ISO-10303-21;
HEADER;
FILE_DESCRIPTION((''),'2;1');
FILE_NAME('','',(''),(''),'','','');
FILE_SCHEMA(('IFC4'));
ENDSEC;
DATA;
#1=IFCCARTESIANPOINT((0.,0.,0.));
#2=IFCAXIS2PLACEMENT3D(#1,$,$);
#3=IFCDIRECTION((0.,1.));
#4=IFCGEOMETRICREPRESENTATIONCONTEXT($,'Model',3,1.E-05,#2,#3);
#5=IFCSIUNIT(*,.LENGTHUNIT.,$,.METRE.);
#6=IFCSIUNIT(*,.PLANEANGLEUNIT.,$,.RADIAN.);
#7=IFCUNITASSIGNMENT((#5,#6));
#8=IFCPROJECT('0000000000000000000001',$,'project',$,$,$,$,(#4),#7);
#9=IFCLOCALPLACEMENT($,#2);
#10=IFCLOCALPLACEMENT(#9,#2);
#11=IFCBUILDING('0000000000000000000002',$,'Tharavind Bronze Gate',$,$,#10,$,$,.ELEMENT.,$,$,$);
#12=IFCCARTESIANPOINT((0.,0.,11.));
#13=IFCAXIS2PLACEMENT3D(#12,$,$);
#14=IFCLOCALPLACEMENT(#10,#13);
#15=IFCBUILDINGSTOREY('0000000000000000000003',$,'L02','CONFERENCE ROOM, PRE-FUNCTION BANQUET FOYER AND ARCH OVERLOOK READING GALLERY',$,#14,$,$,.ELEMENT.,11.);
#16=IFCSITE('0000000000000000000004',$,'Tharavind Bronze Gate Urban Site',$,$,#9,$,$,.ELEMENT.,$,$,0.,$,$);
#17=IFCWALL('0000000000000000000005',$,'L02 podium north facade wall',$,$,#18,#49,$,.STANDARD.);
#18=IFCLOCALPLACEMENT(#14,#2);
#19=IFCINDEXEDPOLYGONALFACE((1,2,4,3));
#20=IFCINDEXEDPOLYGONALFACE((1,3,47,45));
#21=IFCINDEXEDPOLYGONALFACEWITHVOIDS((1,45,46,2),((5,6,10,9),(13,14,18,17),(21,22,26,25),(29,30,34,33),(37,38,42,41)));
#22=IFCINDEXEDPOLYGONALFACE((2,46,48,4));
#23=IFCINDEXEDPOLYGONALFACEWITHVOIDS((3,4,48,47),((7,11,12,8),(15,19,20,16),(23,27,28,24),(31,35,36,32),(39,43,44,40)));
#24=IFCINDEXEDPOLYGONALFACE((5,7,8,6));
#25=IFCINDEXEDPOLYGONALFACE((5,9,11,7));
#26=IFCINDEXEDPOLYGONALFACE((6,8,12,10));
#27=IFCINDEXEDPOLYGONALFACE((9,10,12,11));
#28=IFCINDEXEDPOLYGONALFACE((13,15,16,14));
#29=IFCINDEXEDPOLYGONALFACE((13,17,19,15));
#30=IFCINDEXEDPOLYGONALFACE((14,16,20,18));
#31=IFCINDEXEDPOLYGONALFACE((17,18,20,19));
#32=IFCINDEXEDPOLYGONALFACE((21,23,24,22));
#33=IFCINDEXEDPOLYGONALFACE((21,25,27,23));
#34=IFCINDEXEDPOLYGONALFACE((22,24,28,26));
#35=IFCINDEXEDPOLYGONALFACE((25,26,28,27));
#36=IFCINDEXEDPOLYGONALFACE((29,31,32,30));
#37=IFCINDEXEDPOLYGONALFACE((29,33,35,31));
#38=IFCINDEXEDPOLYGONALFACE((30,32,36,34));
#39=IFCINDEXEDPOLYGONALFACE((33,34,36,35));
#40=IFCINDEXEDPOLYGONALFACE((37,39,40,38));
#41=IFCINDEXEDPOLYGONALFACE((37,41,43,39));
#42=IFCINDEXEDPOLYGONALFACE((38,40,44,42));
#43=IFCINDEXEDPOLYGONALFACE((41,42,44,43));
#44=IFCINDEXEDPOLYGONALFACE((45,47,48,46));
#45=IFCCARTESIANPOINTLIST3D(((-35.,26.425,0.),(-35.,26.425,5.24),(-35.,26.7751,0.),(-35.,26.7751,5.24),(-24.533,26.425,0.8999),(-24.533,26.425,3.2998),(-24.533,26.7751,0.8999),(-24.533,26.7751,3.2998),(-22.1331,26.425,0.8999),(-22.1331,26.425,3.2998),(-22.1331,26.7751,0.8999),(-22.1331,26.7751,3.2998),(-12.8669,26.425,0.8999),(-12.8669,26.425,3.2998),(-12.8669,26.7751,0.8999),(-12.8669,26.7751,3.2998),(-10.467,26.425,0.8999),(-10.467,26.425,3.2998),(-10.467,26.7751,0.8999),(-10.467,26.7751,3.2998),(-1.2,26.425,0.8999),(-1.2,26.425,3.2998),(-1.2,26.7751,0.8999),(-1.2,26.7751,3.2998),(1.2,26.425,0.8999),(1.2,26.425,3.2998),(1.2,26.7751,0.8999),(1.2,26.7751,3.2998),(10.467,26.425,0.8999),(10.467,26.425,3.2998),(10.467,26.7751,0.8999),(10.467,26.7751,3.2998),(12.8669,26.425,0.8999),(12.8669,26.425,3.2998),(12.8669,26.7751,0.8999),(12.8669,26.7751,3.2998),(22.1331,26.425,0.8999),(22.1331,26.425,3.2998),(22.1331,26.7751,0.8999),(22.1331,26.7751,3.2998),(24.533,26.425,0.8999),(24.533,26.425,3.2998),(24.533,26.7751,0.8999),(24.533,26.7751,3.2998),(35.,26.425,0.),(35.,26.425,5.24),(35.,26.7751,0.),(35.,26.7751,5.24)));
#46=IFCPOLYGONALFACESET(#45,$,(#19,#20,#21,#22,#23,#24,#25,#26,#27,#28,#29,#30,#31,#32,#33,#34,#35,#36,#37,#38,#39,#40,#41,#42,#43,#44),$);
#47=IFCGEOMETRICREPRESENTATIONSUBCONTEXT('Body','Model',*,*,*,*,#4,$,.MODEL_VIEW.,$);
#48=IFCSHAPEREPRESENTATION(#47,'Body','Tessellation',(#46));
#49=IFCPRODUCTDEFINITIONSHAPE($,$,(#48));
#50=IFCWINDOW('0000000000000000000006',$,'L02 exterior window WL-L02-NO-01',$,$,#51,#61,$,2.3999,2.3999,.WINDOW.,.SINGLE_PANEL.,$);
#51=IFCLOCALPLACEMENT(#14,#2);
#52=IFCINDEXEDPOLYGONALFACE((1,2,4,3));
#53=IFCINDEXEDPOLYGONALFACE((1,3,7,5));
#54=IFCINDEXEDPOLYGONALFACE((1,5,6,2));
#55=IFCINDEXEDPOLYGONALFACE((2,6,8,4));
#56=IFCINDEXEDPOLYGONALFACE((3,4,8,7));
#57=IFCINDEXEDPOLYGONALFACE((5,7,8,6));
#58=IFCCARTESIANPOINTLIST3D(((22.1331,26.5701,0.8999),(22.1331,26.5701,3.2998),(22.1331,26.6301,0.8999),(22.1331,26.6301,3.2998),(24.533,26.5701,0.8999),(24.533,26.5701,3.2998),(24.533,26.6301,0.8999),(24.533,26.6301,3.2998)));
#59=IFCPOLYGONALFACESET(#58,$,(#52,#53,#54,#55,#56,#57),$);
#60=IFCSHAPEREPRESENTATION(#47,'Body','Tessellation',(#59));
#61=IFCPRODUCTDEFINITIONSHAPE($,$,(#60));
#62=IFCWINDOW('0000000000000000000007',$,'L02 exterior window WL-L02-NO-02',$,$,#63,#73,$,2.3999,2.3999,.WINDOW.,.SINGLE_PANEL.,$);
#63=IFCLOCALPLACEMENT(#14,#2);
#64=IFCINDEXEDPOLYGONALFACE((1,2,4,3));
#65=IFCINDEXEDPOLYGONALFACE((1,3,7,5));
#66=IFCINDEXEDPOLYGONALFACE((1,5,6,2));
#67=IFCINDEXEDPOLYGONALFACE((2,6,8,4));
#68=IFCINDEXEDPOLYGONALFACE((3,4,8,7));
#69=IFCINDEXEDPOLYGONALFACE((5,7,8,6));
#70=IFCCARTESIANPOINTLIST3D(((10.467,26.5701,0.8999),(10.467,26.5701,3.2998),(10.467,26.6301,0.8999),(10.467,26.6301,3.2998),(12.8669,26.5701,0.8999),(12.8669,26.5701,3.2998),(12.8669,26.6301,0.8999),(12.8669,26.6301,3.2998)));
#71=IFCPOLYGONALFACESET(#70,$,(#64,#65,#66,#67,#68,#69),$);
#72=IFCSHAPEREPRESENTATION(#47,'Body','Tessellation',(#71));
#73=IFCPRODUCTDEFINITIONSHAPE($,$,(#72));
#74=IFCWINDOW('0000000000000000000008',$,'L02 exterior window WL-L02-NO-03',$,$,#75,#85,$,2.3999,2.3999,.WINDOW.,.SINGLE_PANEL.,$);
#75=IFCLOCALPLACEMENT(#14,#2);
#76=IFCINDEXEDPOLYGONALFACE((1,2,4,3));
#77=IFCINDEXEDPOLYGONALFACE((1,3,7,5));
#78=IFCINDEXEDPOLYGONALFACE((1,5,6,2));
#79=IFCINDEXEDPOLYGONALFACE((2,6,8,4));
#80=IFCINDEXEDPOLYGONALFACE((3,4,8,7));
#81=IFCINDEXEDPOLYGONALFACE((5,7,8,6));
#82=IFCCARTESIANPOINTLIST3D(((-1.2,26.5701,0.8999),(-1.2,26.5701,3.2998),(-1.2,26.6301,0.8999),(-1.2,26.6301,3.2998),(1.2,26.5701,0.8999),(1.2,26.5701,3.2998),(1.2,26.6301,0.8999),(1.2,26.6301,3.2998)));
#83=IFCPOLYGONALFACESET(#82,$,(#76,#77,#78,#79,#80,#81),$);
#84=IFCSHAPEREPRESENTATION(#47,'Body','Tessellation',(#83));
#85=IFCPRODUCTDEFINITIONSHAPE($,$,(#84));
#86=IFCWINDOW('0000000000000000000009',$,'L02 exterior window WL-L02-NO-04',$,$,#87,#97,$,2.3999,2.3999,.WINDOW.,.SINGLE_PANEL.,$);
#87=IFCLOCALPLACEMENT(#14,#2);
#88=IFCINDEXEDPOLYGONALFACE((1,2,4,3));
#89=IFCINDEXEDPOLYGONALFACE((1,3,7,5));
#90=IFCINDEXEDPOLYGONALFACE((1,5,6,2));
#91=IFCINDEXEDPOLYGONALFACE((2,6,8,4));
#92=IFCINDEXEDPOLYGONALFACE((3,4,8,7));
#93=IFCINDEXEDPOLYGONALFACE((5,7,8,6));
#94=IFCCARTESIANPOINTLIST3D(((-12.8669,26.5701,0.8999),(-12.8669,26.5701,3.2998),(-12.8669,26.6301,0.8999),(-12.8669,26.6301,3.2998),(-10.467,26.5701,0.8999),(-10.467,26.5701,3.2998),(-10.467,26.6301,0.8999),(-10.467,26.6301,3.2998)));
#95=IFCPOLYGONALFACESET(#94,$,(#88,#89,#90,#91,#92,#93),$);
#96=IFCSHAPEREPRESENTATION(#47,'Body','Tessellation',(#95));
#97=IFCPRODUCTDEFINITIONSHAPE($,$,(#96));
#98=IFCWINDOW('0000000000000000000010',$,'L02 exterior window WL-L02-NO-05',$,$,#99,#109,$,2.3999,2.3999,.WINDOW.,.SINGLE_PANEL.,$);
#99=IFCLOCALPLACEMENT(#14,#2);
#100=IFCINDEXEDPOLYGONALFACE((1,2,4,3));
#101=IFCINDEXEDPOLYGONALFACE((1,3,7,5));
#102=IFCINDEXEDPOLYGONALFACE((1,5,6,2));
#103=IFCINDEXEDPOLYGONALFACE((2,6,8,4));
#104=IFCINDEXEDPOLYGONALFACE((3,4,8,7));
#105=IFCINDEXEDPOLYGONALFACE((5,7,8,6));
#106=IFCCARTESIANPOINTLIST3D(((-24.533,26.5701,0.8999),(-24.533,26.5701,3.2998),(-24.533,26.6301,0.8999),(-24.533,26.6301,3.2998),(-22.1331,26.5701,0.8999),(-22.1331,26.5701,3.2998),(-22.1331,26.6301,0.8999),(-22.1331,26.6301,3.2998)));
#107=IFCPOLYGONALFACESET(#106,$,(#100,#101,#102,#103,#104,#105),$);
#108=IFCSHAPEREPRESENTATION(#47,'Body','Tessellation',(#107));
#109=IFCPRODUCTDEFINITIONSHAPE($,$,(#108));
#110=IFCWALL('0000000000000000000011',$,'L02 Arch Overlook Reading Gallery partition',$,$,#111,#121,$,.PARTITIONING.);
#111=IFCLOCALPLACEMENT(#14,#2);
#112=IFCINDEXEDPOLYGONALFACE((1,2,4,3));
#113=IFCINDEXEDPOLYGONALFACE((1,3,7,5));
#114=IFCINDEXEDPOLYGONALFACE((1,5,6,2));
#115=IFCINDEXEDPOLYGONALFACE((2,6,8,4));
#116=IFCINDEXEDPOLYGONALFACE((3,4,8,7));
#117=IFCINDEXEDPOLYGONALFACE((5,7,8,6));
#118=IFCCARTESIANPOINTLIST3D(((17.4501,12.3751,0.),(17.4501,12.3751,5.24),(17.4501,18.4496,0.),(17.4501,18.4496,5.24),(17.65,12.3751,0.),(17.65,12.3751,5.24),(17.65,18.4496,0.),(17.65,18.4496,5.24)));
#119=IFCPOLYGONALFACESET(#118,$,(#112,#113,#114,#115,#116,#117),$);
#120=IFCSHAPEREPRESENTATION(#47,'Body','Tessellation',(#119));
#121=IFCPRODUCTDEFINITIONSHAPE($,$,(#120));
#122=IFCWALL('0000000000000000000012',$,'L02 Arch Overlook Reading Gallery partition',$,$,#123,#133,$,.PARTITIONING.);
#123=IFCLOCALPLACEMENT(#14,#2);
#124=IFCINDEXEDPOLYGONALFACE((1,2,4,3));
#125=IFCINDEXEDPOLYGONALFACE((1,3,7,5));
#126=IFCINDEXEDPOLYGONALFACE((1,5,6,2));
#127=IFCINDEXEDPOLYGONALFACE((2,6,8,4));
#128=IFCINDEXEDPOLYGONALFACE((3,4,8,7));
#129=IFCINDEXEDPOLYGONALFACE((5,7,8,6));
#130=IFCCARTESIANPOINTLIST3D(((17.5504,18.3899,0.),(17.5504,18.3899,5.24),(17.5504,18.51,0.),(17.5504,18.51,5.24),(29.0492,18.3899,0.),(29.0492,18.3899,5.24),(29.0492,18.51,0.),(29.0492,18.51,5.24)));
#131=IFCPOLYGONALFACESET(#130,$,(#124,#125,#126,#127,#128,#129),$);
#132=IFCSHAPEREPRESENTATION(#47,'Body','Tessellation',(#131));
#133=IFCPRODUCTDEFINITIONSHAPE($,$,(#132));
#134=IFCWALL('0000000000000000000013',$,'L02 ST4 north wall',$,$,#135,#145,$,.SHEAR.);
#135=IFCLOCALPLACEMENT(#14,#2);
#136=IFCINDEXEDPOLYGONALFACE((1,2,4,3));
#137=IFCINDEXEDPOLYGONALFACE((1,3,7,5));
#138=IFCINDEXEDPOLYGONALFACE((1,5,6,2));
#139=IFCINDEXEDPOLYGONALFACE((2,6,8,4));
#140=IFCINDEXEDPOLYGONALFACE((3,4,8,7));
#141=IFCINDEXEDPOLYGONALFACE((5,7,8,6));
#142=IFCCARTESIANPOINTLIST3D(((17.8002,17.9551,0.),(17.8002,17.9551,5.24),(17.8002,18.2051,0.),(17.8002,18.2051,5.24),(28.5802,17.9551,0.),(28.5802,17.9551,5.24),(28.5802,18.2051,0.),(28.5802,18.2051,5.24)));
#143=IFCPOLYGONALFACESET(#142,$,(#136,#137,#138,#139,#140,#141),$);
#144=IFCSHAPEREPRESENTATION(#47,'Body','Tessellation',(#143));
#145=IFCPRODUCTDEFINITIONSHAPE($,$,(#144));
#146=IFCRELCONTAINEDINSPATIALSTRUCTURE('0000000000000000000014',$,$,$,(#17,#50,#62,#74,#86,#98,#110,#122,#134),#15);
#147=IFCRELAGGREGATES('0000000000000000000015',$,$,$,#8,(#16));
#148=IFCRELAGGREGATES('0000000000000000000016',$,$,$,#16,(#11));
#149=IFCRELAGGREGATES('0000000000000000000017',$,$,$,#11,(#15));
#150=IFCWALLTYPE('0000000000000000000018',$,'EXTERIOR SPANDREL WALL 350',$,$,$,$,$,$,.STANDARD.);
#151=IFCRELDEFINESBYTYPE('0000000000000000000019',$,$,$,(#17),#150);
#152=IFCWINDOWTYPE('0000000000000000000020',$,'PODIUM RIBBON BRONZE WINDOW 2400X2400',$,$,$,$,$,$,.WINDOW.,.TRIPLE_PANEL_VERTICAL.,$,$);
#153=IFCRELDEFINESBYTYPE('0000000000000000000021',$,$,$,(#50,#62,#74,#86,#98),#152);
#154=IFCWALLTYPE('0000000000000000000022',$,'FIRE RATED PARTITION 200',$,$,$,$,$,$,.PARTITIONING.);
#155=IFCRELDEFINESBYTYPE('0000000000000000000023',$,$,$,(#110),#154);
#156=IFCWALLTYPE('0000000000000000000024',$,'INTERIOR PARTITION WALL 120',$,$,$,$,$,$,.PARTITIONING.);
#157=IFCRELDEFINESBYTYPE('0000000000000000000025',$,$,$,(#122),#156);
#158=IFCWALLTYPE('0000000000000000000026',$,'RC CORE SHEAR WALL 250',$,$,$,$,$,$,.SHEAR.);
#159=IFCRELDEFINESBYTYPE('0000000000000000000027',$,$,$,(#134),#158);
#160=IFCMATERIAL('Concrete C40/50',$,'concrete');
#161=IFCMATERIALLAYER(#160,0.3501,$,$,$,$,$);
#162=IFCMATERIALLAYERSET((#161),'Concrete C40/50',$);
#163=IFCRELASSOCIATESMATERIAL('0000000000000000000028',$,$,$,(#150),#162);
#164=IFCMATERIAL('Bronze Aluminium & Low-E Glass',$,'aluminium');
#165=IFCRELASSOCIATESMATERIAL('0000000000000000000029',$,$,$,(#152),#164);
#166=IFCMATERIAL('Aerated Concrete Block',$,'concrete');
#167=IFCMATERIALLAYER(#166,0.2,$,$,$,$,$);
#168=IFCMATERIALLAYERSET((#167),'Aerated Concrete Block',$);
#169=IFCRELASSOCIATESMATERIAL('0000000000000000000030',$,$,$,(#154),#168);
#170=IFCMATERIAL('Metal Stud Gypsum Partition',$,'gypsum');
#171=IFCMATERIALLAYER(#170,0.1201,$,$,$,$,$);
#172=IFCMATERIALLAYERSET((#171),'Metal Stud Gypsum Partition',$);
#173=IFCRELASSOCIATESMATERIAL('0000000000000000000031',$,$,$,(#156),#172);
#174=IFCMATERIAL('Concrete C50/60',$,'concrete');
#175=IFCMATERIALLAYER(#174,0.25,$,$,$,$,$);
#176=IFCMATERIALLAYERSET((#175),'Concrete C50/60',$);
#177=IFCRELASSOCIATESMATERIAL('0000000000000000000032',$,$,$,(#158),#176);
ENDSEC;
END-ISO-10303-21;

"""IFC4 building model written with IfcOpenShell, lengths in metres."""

from ifc_helpers import new_model, si_unit, direction, frame, frame_2d, origin, place, context, subcontext, project, spatial, rectangle, extrude, material, layer, layer_set, type_object, element, fill, save


model = new_model("IFC4")

# Units and contexts
model_context = context("Model", 3, precision=1e-05, world=origin(), true_north=direction((0.0, 1.0)))
body_context = subcontext(model_context, "Body", "Model", "MODEL_VIEW")
ifc_project = project(units=[si_unit("LENGTHUNIT", "METRE"), si_unit("PLANEANGLEUNIT", "RADIAN")], contexts=[model_context])

# Site, building, storey
site_placement = place(None, origin())
site = spatial("IfcSite", under=ifc_project, at=site_placement, Name="Tharavind Bronze Gate Urban Site", CompositionType="ELEMENT", RefElevation=0.0)
building_placement = place(site_placement, origin())
building = spatial("IfcBuilding", under=site, at=building_placement, Name="Tharavind Bronze Gate", CompositionType="ELEMENT")
storey_placement = place(building_placement, frame((0.0, 0.0, 11.0)))
storey = spatial("IfcBuildingStorey", under=building, at=storey_placement, Name="L02", Description="CONFERENCE ROOM, PRE-FUNCTION BANQUET FOYER AND ARCH OVERLOOK READING GALLERY", CompositionType="ELEMENT", Elevation=11.0)

# Wall, openings, windows
ifc_material_1 = material(Name="Concrete C40/50", Category="concrete")
ifc_layer_1 = layer(ifc_material_1, 0.3501)
ifc_layer_set_1 = layer_set([ifc_layer_1], Name="Concrete C40/50")
wall_type_1 = type_object("IfcWallType", Name="EXTERIOR SPANDREL WALL 350", PredefinedType="STANDARD", material=ifc_layer_set_1)
wall_1_placement = place(storey_placement, frame((35.0, 26.6001, 0.0), z_axis=(0.0, 0.0, 1.0), x_axis=(-1.0, 0.0, 0.0)))
wall_1 = element("IfcWall", 1, at=wall_1_placement, inside=storey, type_object=wall_type_1, Name="L02 podium north facade wall", PredefinedType="STANDARD", context=body_context, shape_type="SweptSolid", body=[
    extrude(rectangle(XDim=70.0, YDim=0.3501, at=frame_2d((35.0, 0.0))), origin(), (0.0, 0.0, 1.0), 5.24),
])
opening_1_placement = place(wall_1_placement, frame((10.467, 0.0, 0.8999)))
opening_1 = element("IfcOpeningElement", 2, at=opening_1_placement, cuts=wall_1, PredefinedType="OPENING", context=body_context, shape_type="SweptSolid", body=[
    extrude(rectangle(XDim=2.3999, YDim=2.3999, at=frame_2d((1.2, 1.2))), frame((0.0, 0.185, 0.0), z_axis=(0.0, -1.0, 0.0), x_axis=(1.0, 0.0, 0.0)), (0.0, 0.0, 1.0), 0.3701),
])
opening_2_placement = place(wall_1_placement, frame((22.1331, 0.0, 0.8999)))
opening_2 = element("IfcOpeningElement", 3, at=opening_2_placement, cuts=wall_1, PredefinedType="OPENING", context=body_context, shape_type="SweptSolid", body=[
    extrude(rectangle(XDim=2.3999, YDim=2.3999, at=frame_2d((1.2, 1.2))), frame((0.0, 0.185, 0.0), z_axis=(0.0, -1.0, 0.0), x_axis=(1.0, 0.0, 0.0)), (0.0, 0.0, 1.0), 0.3701),
])
opening_3_placement = place(wall_1_placement, frame((33.8, 0.0, 0.8999)))
opening_3 = element("IfcOpeningElement", 4, at=opening_3_placement, cuts=wall_1, PredefinedType="OPENING", context=body_context, shape_type="SweptSolid", body=[
    extrude(rectangle(XDim=2.3999, YDim=2.3999, at=frame_2d((1.2, 1.2))), frame((0.0, 0.185, 0.0), z_axis=(0.0, -1.0, 0.0), x_axis=(1.0, 0.0, 0.0)), (0.0, 0.0, 1.0), 0.3701),
])
opening_4_placement = place(wall_1_placement, frame((45.467, 0.0, 0.8999)))
opening_4 = element("IfcOpeningElement", 5, at=opening_4_placement, cuts=wall_1, PredefinedType="OPENING", context=body_context, shape_type="SweptSolid", body=[
    extrude(rectangle(XDim=2.3999, YDim=2.3999, at=frame_2d((1.2, 1.2))), frame((0.0, 0.185, 0.0), z_axis=(0.0, -1.0, 0.0), x_axis=(1.0, 0.0, 0.0)), (0.0, 0.0, 1.0), 0.3701),
])
opening_5_placement = place(wall_1_placement, frame((57.1331, 0.0, 0.8999)))
opening_5 = element("IfcOpeningElement", 6, at=opening_5_placement, cuts=wall_1, PredefinedType="OPENING", context=body_context, shape_type="SweptSolid", body=[
    extrude(rectangle(XDim=2.3999, YDim=2.3999, at=frame_2d((1.2, 1.2))), frame((0.0, 0.185, 0.0), z_axis=(0.0, -1.0, 0.0), x_axis=(1.0, 0.0, 0.0)), (0.0, 0.0, 1.0), 0.3701),
])
ifc_material_2 = material(Name="Bronze Aluminium & Low-E Glass", Category="aluminium")
window_type = type_object("IfcWindowType", Name="PODIUM RIBBON BRONZE WINDOW 2400X2400", PartitioningType="TRIPLE_PANEL_VERTICAL", PredefinedType="WINDOW", material=ifc_material_2)
window_1_placement = place(opening_1_placement, origin())
window_1 = element("IfcWindow", 7, at=window_1_placement, inside=storey, type_object=window_type, Name="L02 exterior window WL-L02-NO-01", OverallHeight=2.3999, OverallWidth=2.3999, PartitioningType="SINGLE_PANEL", PredefinedType="WINDOW", context=body_context, shape_type="SweptSolid", body=[
    extrude(rectangle(XDim=2.3999, YDim=2.3999, at=frame_2d((1.2, 1.2))), frame((0.0, 0.03, 0.0), z_axis=(0.0, -1.0, 0.0), x_axis=(1.0, 0.0, 0.0)), (0.0, 0.0, 1.0), 0.0601),
])
fill(opening_1, window_1)
window_2_placement = place(opening_2_placement, origin())
window_2 = element("IfcWindow", 8, at=window_2_placement, inside=storey, type_object=window_type, Name="L02 exterior window WL-L02-NO-02", OverallHeight=2.3999, OverallWidth=2.3999, PartitioningType="SINGLE_PANEL", PredefinedType="WINDOW", context=body_context, shape_type="SweptSolid", body=[
    extrude(rectangle(XDim=2.3999, YDim=2.3999, at=frame_2d((1.2, 1.2))), frame((0.0, 0.03, 0.0), z_axis=(0.0, -1.0, 0.0), x_axis=(1.0, 0.0, 0.0)), (0.0, 0.0, 1.0), 0.0601),
])
fill(opening_2, window_2)
window_3_placement = place(opening_3_placement, origin())
window_3 = element("IfcWindow", 9, at=window_3_placement, inside=storey, type_object=window_type, Name="L02 exterior window WL-L02-NO-03", OverallHeight=2.3999, OverallWidth=2.3999, PartitioningType="SINGLE_PANEL", PredefinedType="WINDOW", context=body_context, shape_type="SweptSolid", body=[
    extrude(rectangle(XDim=2.3999, YDim=2.3999, at=frame_2d((1.2, 1.2))), frame((0.0, 0.03, 0.0), z_axis=(0.0, -1.0, 0.0), x_axis=(1.0, 0.0, 0.0)), (0.0, 0.0, 1.0), 0.0601),
])
fill(opening_3, window_3)
window_4_placement = place(opening_4_placement, origin())
window_4 = element("IfcWindow", 10, at=window_4_placement, inside=storey, type_object=window_type, Name="L02 exterior window WL-L02-NO-04", OverallHeight=2.3999, OverallWidth=2.3999, PartitioningType="SINGLE_PANEL", PredefinedType="WINDOW", context=body_context, shape_type="SweptSolid", body=[
    extrude(rectangle(XDim=2.3999, YDim=2.3999, at=frame_2d((1.2, 1.2))), frame((0.0, 0.03, 0.0), z_axis=(0.0, -1.0, 0.0), x_axis=(1.0, 0.0, 0.0)), (0.0, 0.0, 1.0), 0.0601),
])
fill(opening_4, window_4)
window_5_placement = place(opening_5_placement, origin())
window_5 = element("IfcWindow", 11, at=window_5_placement, inside=storey, type_object=window_type, Name="L02 exterior window WL-L02-NO-05", OverallHeight=2.3999, OverallWidth=2.3999, PartitioningType="SINGLE_PANEL", PredefinedType="WINDOW", context=body_context, shape_type="SweptSolid", body=[
    extrude(rectangle(XDim=2.3999, YDim=2.3999, at=frame_2d((1.2, 1.2))), frame((0.0, 0.03, 0.0), z_axis=(0.0, -1.0, 0.0), x_axis=(1.0, 0.0, 0.0)), (0.0, 0.0, 1.0), 0.0601),
])
fill(opening_5, window_5)

# Walls
ifc_material_3 = material(Name="Aerated Concrete Block", Category="concrete")
ifc_layer_2 = layer(ifc_material_3, 0.2)
ifc_layer_set_2 = layer_set([ifc_layer_2], Name="Aerated Concrete Block")
wall_type_2 = type_object("IfcWallType", Name="FIRE RATED PARTITION 200", PredefinedType="PARTITIONING", material=ifc_layer_set_2)
wall_2_placement = place(storey_placement, frame((17.55, 18.4495, 0.0), z_axis=(0.0, 0.0, 1.0), x_axis=(0.0, -1.0, 0.0)))
element("IfcWall", 12, at=wall_2_placement, inside=storey, type_object=wall_type_2, Name="L02 Arch Overlook Reading Gallery partition", PredefinedType="PARTITIONING", context=body_context, shape_type="SweptSolid", body=[
    extrude(rectangle(XDim=6.0745, YDim=0.2, at=frame_2d((3.0371, 0.0))), origin(), (0.0, 0.0, 1.0), 5.24),
])
ifc_material_4 = material(Name="Metal Stud Gypsum Partition", Category="gypsum")
ifc_layer_3 = layer(ifc_material_4, 0.1201)
ifc_layer_set_3 = layer_set([ifc_layer_3], Name="Metal Stud Gypsum Partition")
wall_type_3 = type_object("IfcWallType", Name="INTERIOR PARTITION WALL 120", PredefinedType="PARTITIONING", material=ifc_layer_set_3)
wall_3_placement = place(storey_placement, frame((29.0493, 18.45, 0.0), z_axis=(0.0, 0.0, 1.0), x_axis=(-1.0, 0.0, 0.0)))
element("IfcWall", 13, at=wall_3_placement, inside=storey, type_object=wall_type_3, Name="L02 Arch Overlook Reading Gallery partition", PredefinedType="PARTITIONING", context=body_context, shape_type="SweptSolid", body=[
    extrude(rectangle(XDim=11.4988, YDim=0.1201, at=frame_2d((5.7495, 0.0))), origin(), (0.0, 0.0, 1.0), 5.24),
])
ifc_material_5 = material(Name="Concrete C50/60", Category="concrete")
ifc_layer_4 = layer(ifc_material_5, 0.25)
ifc_layer_set_4 = layer_set([ifc_layer_4], Name="Concrete C50/60")
wall_type_4 = type_object("IfcWallType", Name="RC CORE SHEAR WALL 250", PredefinedType="SHEAR", material=ifc_layer_set_4)
wall_4_placement = place(storey_placement, frame((17.8, 18.0801, 0.0), z_axis=(0.0, 0.0, 1.0), x_axis=(1.0, 0.0, 0.0)))
element("IfcWall", 14, at=wall_4_placement, inside=storey, type_object=wall_type_4, Name="L02 ST4 north wall", PredefinedType="SHEAR", context=body_context, shape_type="SweptSolid", body=[
    extrude(rectangle(XDim=10.78, YDim=0.25, at=frame_2d((5.3901, 0.0))), origin(), (0.0, 0.0, 1.0), 5.24),
])

save(model, "model.ifc")
